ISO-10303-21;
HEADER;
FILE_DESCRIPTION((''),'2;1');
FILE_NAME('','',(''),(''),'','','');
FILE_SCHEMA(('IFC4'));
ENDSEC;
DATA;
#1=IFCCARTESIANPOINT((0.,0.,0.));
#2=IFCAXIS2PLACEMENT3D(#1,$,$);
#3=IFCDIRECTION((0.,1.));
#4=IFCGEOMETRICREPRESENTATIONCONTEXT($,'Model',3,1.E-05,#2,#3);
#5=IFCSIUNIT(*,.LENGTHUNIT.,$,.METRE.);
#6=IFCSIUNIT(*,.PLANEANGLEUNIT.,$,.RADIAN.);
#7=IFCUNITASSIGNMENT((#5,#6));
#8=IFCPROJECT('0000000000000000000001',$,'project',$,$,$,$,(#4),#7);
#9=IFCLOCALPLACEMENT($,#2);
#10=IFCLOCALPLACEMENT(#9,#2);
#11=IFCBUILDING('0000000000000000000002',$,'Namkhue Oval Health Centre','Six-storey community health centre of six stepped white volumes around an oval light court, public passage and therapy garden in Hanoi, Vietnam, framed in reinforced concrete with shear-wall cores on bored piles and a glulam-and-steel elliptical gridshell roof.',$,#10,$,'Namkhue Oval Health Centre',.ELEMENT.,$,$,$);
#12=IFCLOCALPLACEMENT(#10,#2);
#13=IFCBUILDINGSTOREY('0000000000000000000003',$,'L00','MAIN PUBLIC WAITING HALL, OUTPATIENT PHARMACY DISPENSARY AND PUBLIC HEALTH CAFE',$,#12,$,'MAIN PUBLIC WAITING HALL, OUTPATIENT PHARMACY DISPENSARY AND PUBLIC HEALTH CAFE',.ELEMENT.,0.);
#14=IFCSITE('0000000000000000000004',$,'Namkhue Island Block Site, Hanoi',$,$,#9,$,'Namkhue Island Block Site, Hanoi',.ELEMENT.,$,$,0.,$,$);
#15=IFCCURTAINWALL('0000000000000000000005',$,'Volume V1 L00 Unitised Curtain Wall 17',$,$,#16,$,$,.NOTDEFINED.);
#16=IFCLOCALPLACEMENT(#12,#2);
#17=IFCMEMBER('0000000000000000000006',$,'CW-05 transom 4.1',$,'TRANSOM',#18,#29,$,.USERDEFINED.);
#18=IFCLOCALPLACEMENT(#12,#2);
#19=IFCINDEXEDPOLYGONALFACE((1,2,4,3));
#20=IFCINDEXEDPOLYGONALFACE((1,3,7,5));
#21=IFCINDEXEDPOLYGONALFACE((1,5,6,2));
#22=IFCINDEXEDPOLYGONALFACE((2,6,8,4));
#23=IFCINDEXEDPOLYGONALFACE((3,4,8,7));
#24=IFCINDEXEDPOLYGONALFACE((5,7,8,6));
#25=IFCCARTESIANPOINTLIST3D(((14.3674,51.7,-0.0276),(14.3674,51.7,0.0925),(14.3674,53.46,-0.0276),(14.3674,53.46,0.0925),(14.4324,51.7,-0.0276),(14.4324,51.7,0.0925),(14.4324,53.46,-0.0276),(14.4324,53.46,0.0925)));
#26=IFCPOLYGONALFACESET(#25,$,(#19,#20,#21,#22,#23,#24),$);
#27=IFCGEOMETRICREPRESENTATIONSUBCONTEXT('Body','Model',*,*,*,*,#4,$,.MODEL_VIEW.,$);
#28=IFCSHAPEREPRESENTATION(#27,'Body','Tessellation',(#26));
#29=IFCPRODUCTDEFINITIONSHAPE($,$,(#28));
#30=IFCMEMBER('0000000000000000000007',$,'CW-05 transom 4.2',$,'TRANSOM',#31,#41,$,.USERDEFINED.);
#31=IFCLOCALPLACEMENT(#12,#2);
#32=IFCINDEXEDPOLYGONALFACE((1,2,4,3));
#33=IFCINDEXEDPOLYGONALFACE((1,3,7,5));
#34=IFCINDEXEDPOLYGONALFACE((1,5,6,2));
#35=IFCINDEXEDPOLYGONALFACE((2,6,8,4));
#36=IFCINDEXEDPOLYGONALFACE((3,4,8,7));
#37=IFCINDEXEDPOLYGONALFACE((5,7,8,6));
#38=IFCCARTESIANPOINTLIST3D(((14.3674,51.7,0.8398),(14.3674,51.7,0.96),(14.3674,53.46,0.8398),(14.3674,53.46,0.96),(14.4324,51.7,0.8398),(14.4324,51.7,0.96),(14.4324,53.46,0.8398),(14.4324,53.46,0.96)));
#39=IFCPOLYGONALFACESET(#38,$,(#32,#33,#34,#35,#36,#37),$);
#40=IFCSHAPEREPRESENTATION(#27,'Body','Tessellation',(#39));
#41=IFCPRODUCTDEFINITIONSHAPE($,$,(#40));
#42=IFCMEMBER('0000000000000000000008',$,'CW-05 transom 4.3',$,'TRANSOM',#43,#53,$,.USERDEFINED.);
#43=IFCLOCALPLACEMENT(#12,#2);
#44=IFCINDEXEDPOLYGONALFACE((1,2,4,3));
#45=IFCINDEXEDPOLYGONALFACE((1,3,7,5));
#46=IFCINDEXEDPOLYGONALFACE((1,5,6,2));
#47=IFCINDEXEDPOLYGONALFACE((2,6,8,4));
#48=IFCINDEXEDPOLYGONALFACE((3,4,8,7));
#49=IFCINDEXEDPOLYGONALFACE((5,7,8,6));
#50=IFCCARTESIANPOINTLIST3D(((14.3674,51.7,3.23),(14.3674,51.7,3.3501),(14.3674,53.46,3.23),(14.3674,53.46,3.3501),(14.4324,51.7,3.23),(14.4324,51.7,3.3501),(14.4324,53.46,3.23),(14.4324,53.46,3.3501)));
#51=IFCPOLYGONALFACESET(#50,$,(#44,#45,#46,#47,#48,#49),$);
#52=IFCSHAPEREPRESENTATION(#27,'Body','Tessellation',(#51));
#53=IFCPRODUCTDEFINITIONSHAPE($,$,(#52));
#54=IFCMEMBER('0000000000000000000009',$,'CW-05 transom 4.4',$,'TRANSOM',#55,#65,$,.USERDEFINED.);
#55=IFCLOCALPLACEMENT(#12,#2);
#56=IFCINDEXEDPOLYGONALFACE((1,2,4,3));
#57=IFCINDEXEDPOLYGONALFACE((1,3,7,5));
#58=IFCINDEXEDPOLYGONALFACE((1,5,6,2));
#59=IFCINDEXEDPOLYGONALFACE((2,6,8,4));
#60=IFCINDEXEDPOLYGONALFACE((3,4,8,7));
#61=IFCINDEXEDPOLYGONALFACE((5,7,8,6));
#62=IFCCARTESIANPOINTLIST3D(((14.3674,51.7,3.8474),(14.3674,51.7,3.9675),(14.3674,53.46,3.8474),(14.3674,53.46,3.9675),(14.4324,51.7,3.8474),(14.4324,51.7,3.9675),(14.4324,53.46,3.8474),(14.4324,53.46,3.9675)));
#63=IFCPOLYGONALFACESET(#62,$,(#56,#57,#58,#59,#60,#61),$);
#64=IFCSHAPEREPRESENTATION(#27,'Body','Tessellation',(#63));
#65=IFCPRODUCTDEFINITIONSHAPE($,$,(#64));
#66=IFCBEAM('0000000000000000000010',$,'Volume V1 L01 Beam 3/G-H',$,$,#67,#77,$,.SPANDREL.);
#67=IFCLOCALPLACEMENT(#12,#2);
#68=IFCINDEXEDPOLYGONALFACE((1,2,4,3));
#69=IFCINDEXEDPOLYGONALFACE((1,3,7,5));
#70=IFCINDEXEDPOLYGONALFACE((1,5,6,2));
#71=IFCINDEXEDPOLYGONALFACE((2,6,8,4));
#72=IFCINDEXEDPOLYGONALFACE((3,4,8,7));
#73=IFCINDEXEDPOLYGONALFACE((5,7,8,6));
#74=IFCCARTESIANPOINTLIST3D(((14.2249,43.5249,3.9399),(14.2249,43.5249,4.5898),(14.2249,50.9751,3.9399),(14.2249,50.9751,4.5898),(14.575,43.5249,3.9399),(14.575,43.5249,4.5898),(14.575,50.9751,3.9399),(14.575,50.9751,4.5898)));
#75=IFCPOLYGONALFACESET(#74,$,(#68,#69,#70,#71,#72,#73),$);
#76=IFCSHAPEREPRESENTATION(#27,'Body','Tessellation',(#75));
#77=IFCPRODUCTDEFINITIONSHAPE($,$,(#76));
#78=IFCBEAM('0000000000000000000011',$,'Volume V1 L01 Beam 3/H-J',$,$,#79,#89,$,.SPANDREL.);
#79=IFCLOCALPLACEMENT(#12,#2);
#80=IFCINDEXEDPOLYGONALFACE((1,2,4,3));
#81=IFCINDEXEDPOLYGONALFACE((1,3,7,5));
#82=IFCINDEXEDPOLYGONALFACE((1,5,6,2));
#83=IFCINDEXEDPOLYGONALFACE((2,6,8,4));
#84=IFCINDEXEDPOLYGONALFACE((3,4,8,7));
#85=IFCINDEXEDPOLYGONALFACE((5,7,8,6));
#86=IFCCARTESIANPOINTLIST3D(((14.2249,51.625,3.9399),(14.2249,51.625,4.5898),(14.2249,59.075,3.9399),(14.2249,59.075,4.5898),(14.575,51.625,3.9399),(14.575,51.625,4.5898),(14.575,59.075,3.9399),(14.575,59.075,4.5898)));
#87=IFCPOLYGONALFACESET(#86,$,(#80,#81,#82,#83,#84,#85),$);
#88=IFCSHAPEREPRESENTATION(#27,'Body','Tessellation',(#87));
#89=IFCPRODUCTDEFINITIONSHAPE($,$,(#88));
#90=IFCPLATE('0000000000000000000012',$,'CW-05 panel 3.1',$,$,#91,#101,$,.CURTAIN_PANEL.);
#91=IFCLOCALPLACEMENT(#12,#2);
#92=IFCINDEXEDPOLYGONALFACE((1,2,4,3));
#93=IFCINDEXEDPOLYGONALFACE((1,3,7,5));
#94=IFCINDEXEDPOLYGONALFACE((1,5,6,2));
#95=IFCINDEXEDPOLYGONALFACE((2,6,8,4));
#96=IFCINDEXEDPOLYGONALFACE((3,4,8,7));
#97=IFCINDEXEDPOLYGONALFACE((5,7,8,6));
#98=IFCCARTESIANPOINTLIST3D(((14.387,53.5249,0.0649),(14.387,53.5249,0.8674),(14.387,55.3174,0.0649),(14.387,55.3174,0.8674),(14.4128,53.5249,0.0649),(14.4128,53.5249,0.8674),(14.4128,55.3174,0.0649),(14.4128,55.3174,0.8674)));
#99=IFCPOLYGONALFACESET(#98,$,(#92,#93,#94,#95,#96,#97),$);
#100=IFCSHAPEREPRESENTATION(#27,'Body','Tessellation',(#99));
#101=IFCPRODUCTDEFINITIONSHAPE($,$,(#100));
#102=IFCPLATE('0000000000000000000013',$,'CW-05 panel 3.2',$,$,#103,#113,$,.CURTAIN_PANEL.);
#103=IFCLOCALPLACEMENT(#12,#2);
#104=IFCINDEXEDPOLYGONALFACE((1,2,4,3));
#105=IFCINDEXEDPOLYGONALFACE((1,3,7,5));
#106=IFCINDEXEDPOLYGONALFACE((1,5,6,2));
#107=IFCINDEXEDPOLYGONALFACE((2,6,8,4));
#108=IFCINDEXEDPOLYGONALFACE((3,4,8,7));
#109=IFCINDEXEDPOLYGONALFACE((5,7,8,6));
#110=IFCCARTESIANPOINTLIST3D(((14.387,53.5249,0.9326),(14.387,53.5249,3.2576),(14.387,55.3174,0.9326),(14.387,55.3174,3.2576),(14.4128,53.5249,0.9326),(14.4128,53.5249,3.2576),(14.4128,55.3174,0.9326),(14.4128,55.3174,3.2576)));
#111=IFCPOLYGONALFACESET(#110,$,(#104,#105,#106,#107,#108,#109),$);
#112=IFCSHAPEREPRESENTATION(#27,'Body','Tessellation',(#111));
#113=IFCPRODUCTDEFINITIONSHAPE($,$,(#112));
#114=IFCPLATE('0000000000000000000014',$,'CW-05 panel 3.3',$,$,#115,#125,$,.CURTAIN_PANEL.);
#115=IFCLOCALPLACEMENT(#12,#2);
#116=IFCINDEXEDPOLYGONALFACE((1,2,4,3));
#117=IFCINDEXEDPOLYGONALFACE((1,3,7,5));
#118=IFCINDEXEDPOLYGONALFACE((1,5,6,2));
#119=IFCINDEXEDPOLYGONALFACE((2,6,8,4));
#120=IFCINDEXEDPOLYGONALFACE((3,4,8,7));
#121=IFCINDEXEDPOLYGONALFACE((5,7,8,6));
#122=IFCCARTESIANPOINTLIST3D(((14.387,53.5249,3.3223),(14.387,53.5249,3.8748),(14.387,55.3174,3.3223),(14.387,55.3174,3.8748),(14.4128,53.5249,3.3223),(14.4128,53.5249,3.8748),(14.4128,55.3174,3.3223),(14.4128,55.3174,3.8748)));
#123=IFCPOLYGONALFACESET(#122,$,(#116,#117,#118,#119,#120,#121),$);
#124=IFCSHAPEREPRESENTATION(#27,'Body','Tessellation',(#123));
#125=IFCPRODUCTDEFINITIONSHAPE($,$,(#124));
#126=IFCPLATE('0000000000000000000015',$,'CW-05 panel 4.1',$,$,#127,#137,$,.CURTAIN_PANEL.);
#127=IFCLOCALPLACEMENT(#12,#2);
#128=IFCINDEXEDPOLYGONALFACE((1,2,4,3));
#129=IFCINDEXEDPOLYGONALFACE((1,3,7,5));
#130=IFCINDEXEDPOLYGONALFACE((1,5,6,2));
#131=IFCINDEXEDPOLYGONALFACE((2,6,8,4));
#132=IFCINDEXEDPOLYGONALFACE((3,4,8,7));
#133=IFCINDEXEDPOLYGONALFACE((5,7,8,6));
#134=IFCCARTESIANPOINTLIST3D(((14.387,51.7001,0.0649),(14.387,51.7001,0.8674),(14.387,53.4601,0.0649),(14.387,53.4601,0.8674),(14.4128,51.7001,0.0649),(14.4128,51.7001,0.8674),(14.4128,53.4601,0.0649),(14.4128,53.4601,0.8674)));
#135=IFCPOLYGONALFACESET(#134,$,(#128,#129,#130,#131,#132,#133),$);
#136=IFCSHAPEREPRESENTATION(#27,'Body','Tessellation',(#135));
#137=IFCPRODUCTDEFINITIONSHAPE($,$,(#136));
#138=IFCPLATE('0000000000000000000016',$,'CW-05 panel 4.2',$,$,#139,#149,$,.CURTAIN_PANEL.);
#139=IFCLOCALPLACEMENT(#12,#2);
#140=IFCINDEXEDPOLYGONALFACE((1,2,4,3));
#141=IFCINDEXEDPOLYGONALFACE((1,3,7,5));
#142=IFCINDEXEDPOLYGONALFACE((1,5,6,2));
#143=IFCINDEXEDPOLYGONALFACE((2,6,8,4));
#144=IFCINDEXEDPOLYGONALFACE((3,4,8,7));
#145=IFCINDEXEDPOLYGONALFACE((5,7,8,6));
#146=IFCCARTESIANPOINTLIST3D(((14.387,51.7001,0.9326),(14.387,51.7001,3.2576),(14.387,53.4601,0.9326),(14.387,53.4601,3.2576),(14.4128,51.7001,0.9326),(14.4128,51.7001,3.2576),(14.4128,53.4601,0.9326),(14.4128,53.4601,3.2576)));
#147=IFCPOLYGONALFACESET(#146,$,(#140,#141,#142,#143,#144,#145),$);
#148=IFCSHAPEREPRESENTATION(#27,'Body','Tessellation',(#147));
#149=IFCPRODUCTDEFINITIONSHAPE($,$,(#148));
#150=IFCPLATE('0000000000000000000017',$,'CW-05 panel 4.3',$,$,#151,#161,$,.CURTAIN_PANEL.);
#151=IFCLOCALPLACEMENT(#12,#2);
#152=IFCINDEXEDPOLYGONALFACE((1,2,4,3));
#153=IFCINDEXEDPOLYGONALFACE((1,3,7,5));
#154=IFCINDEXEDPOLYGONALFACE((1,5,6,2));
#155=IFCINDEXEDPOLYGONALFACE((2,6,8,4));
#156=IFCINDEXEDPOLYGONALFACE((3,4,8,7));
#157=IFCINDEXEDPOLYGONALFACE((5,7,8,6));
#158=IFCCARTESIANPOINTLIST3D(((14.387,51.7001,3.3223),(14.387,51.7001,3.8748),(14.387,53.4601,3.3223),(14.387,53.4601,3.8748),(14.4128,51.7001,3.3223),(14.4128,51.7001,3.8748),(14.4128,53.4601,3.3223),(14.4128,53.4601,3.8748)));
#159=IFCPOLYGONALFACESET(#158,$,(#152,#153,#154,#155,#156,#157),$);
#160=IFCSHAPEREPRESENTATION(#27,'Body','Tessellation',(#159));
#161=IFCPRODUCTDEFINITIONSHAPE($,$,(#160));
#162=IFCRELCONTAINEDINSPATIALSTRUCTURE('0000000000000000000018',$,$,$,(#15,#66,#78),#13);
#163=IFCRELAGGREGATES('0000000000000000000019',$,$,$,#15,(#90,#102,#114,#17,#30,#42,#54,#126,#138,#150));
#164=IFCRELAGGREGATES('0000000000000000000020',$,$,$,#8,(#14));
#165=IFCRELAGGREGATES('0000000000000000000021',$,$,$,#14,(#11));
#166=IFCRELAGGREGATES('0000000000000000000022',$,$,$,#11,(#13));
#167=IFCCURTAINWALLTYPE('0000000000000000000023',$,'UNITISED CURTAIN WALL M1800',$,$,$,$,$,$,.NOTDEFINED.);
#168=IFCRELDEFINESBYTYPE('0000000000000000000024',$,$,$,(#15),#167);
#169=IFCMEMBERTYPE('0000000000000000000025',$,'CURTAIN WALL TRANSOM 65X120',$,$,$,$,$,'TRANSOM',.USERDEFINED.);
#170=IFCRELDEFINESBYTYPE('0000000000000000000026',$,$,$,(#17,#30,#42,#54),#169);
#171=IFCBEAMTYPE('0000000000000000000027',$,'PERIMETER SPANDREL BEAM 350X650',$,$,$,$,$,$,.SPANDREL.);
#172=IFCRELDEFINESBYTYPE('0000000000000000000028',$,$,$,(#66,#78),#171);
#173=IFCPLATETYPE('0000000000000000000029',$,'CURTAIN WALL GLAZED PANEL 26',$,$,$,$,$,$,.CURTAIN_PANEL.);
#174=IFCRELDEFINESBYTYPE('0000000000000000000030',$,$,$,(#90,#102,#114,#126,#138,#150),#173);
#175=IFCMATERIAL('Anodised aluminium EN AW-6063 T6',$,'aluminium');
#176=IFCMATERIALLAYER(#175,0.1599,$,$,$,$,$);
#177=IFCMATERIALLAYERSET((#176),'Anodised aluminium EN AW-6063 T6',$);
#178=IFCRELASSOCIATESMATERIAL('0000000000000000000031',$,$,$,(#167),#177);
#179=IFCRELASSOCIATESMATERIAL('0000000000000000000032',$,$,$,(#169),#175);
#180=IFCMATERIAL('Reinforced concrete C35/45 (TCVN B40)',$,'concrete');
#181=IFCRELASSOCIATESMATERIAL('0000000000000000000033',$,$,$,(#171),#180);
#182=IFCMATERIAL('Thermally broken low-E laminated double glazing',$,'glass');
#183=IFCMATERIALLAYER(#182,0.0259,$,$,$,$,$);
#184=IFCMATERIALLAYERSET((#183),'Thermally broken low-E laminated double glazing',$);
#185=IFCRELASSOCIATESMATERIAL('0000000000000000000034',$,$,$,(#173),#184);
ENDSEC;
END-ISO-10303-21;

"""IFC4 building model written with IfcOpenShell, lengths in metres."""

from ifc_helpers import new_model, si_unit, direction, frame, origin, origin_2d, place, context, subcontext, project, spatial, rectangle, extrude, material, layer, layer_set, material_profile, profile_set, type_object, element, aggregate, save


model = new_model("IFC4")

# Units and contexts
model_context = context("Model", 3, precision=1e-05, world=origin(), true_north=direction((0.0, 1.0)))
body_context = subcontext(model_context, "Body", "Model", "MODEL_VIEW")
ifc_project = project(units=[si_unit("LENGTHUNIT", "METRE"), si_unit("PLANEANGLEUNIT", "RADIAN")], contexts=[model_context])

# Site, building, storey
site_placement = place(None, origin())
site = spatial("IfcSite", under=ifc_project, at=site_placement, Name="Namkhue Island Block Site, Hanoi", LongName="Namkhue Island Block Site, Hanoi", CompositionType="ELEMENT", RefElevation=0.0)
building_placement = place(site_placement, origin())
building = spatial("IfcBuilding", under=site, at=building_placement, Name="Namkhue Oval Health Centre", Description="Six-storey community health centre of six stepped white volumes around an oval light court, public passage and therapy garden in Hanoi, Vietnam, framed in reinforced concrete with shear-wall cores on bored piles and a glulam-and-steel elliptical gridshell roof.", LongName="Namkhue Oval Health Centre", CompositionType="ELEMENT")
storey_placement = place(building_placement, origin())
storey = spatial("IfcBuildingStorey", under=building, at=storey_placement, Name="L00", Description="MAIN PUBLIC WAITING HALL, OUTPATIENT PHARMACY DISPENSARY AND PUBLIC HEALTH CAFE", LongName="MAIN PUBLIC WAITING HALL, OUTPATIENT PHARMACY DISPENSARY AND PUBLIC HEALTH CAFE", CompositionType="ELEMENT", Elevation=0.0)

# Shared definitions
ifc_material_1 = material(Name="Reinforced concrete C35/45 (TCVN B40)", Category="concrete")

# Curtain wall, members
ifc_material_2 = material(Name="Anodised aluminium EN AW-6063 T6", Category="aluminium")
ifc_layer_1 = layer(ifc_material_2, 0.1599)
ifc_layer_set_1 = layer_set([ifc_layer_1], Name="Anodised aluminium EN AW-6063 T6")
curtain_wall_type = type_object("IfcCurtainWallType", Name="UNITISED CURTAIN WALL M1800", PredefinedType="NOTDEFINED", material=ifc_layer_set_1)
curtain_wall_placement = place(storey_placement, origin())
curtain_wall = element("IfcCurtainWall", 1, at=curtain_wall_placement, inside=storey, type_object=curtain_wall_type, Name="Volume V1 L00 Unitised Curtain Wall 17", PredefinedType="NOTDEFINED")
ifc_material_profile_1 = material_profile(ifc_material_2, rectangle(XDim=0.0649, YDim=0.1201, at=origin_2d()), Name="ALU 65x120")
ifc_profile_set_1 = profile_set([ifc_material_profile_1], Name="Anodised aluminium EN AW-6063 T6")
member_type_1 = type_object("IfcMemberType", Name="CURTAIN WALL TRANSOM 65X120", ElementType="TRANSOM", PredefinedType="USERDEFINED", material=ifc_profile_set_1)
member_1_placement = place(storey_placement, frame((14.3999, 53.46, 0.0325), z_axis=(0.0, -1.0, 0.0), x_axis=(1.0, 0.0, 0.0)))
member_1 = element("IfcMember", 2, at=member_1_placement, type_object=member_type_1, Name="CW-05 transom 4.1", ObjectType="TRANSOM", PredefinedType="USERDEFINED", context=body_context, shape_type="SweptSolid", body=[
    extrude(rectangle(XDim=0.0649, YDim=0.1201, at=origin_2d()), origin(), (0.0, 0.0, 1.0), 1.76),
])
member_2_placement = place(storey_placement, frame((14.3999, 53.46, 0.8999), z_axis=(0.0, -1.0, 0.0), x_axis=(1.0, 0.0, 0.0)))
member_2 = element("IfcMember", 3, at=member_2_placement, type_object=member_type_1, Name="CW-05 transom 4.2", ObjectType="TRANSOM", PredefinedType="USERDEFINED", context=body_context, shape_type="SweptSolid", body=[
    extrude(rectangle(XDim=0.0649, YDim=0.1201, at=origin_2d()), origin(), (0.0, 0.0, 1.0), 1.76),
])
member_3_placement = place(storey_placement, frame((14.3999, 53.46, 3.29), z_axis=(0.0, -1.0, 0.0), x_axis=(1.0, 0.0, 0.0)))
member_3 = element("IfcMember", 4, at=member_3_placement, type_object=member_type_1, Name="CW-05 transom 4.3", ObjectType="TRANSOM", PredefinedType="USERDEFINED", context=body_context, shape_type="SweptSolid", body=[
    extrude(rectangle(XDim=0.0649, YDim=0.1201, at=origin_2d()), origin(), (0.0, 0.0, 1.0), 1.76),
])
member_4_placement = place(storey_placement, frame((14.3999, 53.46, 3.9075), z_axis=(0.0, -1.0, 0.0), x_axis=(1.0, 0.0, 0.0)))
member_4 = element("IfcMember", 5, at=member_4_placement, type_object=member_type_1, Name="CW-05 transom 4.4", ObjectType="TRANSOM", PredefinedType="USERDEFINED", context=body_context, shape_type="SweptSolid", body=[
    extrude(rectangle(XDim=0.0649, YDim=0.1201, at=origin_2d()), origin(), (0.0, 0.0, 1.0), 1.76),
])

# Beams
ifc_material_profile_2 = material_profile(ifc_material_1, rectangle(XDim=0.3501, YDim=0.6499, at=origin_2d()), Name="RC 350x650")
ifc_profile_set_2 = profile_set([ifc_material_profile_2], Name="Reinforced concrete C35/45 (TCVN B40)")
beam_type = type_object("IfcBeamType", Name="PERIMETER SPANDREL BEAM 350X650", PredefinedType="SPANDREL", material=ifc_profile_set_2)
beam_1_placement = place(storey_placement, frame((14.3999, 43.5249, 4.2649), z_axis=(0.0, 1.0, 0.0), x_axis=(-1.0, 0.0, 0.0)))
element("IfcBeam", 6, at=beam_1_placement, inside=storey, type_object=beam_type, Name="Volume V1 L01 Beam 3/G-H", PredefinedType="SPANDREL", context=body_context, shape_type="SweptSolid", body=[
    extrude(rectangle(XDim=0.3501, YDim=0.6499, at=origin_2d()), origin(), (0.0, 0.0, 1.0), 7.4502),
])
beam_2_placement = place(storey_placement, frame((14.3999, 51.625, 4.2649), z_axis=(0.0, 1.0, 0.0), x_axis=(-1.0, 0.0, 0.0)))
element("IfcBeam", 7, at=beam_2_placement, inside=storey, type_object=beam_type, Name="Volume V1 L01 Beam 3/H-J", PredefinedType="SPANDREL", context=body_context, shape_type="SweptSolid", body=[
    extrude(rectangle(XDim=0.3501, YDim=0.6499, at=origin_2d()), origin(), (0.0, 0.0, 1.0), 7.45),
])

# Plates
ifc_material_3 = material(Name="Thermally broken low-E laminated double glazing", Category="glass")
ifc_layer_2 = layer(ifc_material_3, 0.0259)
ifc_layer_set_2 = layer_set([ifc_layer_2], Name="Thermally broken low-E laminated double glazing")
plate_type = type_object("IfcPlateType", Name="CURTAIN WALL GLAZED PANEL 26", PredefinedType="CURTAIN_PANEL", material=ifc_layer_set_2)
plate_1_placement = place(storey_placement, frame((14.3999, 54.4211, 0.0649), z_axis=(0.0, 0.0, 1.0), x_axis=(0.0, -1.0, 0.0)))
plate_1 = element("IfcPlate", 8, at=plate_1_placement, type_object=plate_type, Name="CW-05 panel 3.1", PredefinedType="CURTAIN_PANEL", context=body_context, shape_type="SweptSolid", body=[
    extrude(rectangle(XDim=1.7925, YDim=0.0259, at=origin_2d()), origin(), (0.0, 0.0, 1.0), 0.8025),
])
plate_2_placement = place(storey_placement, frame((14.3999, 54.4211, 0.9326), z_axis=(0.0, 0.0, 1.0), x_axis=(0.0, -1.0, 0.0)))
plate_2 = element("IfcPlate", 9, at=plate_2_placement, type_object=plate_type, Name="CW-05 panel 3.2", PredefinedType="CURTAIN_PANEL", context=body_context, shape_type="SweptSolid", body=[
    extrude(rectangle(XDim=1.7925, YDim=0.0259, at=origin_2d()), origin(), (0.0, 0.0, 1.0), 2.325),
])
plate_3_placement = place(storey_placement, frame((14.3999, 54.4211, 3.3223), z_axis=(0.0, 0.0, 1.0), x_axis=(0.0, -1.0, 0.0)))
plate_3 = element("IfcPlate", 10, at=plate_3_placement, type_object=plate_type, Name="CW-05 panel 3.3", PredefinedType="CURTAIN_PANEL", context=body_context, shape_type="SweptSolid", body=[
    extrude(rectangle(XDim=1.7925, YDim=0.0259, at=origin_2d()), origin(), (0.0, 0.0, 1.0), 0.5525),
])
plate_4_placement = place(storey_placement, frame((14.3999, 52.5801, 0.0649), z_axis=(0.0, 0.0, 1.0), x_axis=(0.0, -1.0, 0.0)))
plate_4 = element("IfcPlate", 11, at=plate_4_placement, type_object=plate_type, Name="CW-05 panel 4.1", PredefinedType="CURTAIN_PANEL", context=body_context, shape_type="SweptSolid", body=[
    extrude(rectangle(XDim=1.76, YDim=0.0259, at=origin_2d()), origin(), (0.0, 0.0, 1.0), 0.8025),
])
plate_5_placement = place(storey_placement, frame((14.3999, 52.5801, 0.9326), z_axis=(0.0, 0.0, 1.0), x_axis=(0.0, -1.0, 0.0)))
plate_5 = element("IfcPlate", 12, at=plate_5_placement, type_object=plate_type, Name="CW-05 panel 4.2", PredefinedType="CURTAIN_PANEL", context=body_context, shape_type="SweptSolid", body=[
    extrude(rectangle(XDim=1.76, YDim=0.0259, at=origin_2d()), origin(), (0.0, 0.0, 1.0), 2.325),
])
plate_6_placement = place(storey_placement, frame((14.3999, 52.5801, 3.3223), z_axis=(0.0, 0.0, 1.0), x_axis=(0.0, -1.0, 0.0)))
plate_6 = element("IfcPlate", 13, at=plate_6_placement, type_object=plate_type, Name="CW-05 panel 4.3", PredefinedType="CURTAIN_PANEL", context=body_context, shape_type="SweptSolid", body=[
    extrude(rectangle(XDim=1.76, YDim=0.0259, at=origin_2d()), origin(), (0.0, 0.0, 1.0), 0.5525),
])
aggregate(curtain_wall, [plate_1, plate_2, plate_3, member_1, member_2, member_3, member_4, plate_4, plate_5, plate_6])

save(model, "model.ifc")
